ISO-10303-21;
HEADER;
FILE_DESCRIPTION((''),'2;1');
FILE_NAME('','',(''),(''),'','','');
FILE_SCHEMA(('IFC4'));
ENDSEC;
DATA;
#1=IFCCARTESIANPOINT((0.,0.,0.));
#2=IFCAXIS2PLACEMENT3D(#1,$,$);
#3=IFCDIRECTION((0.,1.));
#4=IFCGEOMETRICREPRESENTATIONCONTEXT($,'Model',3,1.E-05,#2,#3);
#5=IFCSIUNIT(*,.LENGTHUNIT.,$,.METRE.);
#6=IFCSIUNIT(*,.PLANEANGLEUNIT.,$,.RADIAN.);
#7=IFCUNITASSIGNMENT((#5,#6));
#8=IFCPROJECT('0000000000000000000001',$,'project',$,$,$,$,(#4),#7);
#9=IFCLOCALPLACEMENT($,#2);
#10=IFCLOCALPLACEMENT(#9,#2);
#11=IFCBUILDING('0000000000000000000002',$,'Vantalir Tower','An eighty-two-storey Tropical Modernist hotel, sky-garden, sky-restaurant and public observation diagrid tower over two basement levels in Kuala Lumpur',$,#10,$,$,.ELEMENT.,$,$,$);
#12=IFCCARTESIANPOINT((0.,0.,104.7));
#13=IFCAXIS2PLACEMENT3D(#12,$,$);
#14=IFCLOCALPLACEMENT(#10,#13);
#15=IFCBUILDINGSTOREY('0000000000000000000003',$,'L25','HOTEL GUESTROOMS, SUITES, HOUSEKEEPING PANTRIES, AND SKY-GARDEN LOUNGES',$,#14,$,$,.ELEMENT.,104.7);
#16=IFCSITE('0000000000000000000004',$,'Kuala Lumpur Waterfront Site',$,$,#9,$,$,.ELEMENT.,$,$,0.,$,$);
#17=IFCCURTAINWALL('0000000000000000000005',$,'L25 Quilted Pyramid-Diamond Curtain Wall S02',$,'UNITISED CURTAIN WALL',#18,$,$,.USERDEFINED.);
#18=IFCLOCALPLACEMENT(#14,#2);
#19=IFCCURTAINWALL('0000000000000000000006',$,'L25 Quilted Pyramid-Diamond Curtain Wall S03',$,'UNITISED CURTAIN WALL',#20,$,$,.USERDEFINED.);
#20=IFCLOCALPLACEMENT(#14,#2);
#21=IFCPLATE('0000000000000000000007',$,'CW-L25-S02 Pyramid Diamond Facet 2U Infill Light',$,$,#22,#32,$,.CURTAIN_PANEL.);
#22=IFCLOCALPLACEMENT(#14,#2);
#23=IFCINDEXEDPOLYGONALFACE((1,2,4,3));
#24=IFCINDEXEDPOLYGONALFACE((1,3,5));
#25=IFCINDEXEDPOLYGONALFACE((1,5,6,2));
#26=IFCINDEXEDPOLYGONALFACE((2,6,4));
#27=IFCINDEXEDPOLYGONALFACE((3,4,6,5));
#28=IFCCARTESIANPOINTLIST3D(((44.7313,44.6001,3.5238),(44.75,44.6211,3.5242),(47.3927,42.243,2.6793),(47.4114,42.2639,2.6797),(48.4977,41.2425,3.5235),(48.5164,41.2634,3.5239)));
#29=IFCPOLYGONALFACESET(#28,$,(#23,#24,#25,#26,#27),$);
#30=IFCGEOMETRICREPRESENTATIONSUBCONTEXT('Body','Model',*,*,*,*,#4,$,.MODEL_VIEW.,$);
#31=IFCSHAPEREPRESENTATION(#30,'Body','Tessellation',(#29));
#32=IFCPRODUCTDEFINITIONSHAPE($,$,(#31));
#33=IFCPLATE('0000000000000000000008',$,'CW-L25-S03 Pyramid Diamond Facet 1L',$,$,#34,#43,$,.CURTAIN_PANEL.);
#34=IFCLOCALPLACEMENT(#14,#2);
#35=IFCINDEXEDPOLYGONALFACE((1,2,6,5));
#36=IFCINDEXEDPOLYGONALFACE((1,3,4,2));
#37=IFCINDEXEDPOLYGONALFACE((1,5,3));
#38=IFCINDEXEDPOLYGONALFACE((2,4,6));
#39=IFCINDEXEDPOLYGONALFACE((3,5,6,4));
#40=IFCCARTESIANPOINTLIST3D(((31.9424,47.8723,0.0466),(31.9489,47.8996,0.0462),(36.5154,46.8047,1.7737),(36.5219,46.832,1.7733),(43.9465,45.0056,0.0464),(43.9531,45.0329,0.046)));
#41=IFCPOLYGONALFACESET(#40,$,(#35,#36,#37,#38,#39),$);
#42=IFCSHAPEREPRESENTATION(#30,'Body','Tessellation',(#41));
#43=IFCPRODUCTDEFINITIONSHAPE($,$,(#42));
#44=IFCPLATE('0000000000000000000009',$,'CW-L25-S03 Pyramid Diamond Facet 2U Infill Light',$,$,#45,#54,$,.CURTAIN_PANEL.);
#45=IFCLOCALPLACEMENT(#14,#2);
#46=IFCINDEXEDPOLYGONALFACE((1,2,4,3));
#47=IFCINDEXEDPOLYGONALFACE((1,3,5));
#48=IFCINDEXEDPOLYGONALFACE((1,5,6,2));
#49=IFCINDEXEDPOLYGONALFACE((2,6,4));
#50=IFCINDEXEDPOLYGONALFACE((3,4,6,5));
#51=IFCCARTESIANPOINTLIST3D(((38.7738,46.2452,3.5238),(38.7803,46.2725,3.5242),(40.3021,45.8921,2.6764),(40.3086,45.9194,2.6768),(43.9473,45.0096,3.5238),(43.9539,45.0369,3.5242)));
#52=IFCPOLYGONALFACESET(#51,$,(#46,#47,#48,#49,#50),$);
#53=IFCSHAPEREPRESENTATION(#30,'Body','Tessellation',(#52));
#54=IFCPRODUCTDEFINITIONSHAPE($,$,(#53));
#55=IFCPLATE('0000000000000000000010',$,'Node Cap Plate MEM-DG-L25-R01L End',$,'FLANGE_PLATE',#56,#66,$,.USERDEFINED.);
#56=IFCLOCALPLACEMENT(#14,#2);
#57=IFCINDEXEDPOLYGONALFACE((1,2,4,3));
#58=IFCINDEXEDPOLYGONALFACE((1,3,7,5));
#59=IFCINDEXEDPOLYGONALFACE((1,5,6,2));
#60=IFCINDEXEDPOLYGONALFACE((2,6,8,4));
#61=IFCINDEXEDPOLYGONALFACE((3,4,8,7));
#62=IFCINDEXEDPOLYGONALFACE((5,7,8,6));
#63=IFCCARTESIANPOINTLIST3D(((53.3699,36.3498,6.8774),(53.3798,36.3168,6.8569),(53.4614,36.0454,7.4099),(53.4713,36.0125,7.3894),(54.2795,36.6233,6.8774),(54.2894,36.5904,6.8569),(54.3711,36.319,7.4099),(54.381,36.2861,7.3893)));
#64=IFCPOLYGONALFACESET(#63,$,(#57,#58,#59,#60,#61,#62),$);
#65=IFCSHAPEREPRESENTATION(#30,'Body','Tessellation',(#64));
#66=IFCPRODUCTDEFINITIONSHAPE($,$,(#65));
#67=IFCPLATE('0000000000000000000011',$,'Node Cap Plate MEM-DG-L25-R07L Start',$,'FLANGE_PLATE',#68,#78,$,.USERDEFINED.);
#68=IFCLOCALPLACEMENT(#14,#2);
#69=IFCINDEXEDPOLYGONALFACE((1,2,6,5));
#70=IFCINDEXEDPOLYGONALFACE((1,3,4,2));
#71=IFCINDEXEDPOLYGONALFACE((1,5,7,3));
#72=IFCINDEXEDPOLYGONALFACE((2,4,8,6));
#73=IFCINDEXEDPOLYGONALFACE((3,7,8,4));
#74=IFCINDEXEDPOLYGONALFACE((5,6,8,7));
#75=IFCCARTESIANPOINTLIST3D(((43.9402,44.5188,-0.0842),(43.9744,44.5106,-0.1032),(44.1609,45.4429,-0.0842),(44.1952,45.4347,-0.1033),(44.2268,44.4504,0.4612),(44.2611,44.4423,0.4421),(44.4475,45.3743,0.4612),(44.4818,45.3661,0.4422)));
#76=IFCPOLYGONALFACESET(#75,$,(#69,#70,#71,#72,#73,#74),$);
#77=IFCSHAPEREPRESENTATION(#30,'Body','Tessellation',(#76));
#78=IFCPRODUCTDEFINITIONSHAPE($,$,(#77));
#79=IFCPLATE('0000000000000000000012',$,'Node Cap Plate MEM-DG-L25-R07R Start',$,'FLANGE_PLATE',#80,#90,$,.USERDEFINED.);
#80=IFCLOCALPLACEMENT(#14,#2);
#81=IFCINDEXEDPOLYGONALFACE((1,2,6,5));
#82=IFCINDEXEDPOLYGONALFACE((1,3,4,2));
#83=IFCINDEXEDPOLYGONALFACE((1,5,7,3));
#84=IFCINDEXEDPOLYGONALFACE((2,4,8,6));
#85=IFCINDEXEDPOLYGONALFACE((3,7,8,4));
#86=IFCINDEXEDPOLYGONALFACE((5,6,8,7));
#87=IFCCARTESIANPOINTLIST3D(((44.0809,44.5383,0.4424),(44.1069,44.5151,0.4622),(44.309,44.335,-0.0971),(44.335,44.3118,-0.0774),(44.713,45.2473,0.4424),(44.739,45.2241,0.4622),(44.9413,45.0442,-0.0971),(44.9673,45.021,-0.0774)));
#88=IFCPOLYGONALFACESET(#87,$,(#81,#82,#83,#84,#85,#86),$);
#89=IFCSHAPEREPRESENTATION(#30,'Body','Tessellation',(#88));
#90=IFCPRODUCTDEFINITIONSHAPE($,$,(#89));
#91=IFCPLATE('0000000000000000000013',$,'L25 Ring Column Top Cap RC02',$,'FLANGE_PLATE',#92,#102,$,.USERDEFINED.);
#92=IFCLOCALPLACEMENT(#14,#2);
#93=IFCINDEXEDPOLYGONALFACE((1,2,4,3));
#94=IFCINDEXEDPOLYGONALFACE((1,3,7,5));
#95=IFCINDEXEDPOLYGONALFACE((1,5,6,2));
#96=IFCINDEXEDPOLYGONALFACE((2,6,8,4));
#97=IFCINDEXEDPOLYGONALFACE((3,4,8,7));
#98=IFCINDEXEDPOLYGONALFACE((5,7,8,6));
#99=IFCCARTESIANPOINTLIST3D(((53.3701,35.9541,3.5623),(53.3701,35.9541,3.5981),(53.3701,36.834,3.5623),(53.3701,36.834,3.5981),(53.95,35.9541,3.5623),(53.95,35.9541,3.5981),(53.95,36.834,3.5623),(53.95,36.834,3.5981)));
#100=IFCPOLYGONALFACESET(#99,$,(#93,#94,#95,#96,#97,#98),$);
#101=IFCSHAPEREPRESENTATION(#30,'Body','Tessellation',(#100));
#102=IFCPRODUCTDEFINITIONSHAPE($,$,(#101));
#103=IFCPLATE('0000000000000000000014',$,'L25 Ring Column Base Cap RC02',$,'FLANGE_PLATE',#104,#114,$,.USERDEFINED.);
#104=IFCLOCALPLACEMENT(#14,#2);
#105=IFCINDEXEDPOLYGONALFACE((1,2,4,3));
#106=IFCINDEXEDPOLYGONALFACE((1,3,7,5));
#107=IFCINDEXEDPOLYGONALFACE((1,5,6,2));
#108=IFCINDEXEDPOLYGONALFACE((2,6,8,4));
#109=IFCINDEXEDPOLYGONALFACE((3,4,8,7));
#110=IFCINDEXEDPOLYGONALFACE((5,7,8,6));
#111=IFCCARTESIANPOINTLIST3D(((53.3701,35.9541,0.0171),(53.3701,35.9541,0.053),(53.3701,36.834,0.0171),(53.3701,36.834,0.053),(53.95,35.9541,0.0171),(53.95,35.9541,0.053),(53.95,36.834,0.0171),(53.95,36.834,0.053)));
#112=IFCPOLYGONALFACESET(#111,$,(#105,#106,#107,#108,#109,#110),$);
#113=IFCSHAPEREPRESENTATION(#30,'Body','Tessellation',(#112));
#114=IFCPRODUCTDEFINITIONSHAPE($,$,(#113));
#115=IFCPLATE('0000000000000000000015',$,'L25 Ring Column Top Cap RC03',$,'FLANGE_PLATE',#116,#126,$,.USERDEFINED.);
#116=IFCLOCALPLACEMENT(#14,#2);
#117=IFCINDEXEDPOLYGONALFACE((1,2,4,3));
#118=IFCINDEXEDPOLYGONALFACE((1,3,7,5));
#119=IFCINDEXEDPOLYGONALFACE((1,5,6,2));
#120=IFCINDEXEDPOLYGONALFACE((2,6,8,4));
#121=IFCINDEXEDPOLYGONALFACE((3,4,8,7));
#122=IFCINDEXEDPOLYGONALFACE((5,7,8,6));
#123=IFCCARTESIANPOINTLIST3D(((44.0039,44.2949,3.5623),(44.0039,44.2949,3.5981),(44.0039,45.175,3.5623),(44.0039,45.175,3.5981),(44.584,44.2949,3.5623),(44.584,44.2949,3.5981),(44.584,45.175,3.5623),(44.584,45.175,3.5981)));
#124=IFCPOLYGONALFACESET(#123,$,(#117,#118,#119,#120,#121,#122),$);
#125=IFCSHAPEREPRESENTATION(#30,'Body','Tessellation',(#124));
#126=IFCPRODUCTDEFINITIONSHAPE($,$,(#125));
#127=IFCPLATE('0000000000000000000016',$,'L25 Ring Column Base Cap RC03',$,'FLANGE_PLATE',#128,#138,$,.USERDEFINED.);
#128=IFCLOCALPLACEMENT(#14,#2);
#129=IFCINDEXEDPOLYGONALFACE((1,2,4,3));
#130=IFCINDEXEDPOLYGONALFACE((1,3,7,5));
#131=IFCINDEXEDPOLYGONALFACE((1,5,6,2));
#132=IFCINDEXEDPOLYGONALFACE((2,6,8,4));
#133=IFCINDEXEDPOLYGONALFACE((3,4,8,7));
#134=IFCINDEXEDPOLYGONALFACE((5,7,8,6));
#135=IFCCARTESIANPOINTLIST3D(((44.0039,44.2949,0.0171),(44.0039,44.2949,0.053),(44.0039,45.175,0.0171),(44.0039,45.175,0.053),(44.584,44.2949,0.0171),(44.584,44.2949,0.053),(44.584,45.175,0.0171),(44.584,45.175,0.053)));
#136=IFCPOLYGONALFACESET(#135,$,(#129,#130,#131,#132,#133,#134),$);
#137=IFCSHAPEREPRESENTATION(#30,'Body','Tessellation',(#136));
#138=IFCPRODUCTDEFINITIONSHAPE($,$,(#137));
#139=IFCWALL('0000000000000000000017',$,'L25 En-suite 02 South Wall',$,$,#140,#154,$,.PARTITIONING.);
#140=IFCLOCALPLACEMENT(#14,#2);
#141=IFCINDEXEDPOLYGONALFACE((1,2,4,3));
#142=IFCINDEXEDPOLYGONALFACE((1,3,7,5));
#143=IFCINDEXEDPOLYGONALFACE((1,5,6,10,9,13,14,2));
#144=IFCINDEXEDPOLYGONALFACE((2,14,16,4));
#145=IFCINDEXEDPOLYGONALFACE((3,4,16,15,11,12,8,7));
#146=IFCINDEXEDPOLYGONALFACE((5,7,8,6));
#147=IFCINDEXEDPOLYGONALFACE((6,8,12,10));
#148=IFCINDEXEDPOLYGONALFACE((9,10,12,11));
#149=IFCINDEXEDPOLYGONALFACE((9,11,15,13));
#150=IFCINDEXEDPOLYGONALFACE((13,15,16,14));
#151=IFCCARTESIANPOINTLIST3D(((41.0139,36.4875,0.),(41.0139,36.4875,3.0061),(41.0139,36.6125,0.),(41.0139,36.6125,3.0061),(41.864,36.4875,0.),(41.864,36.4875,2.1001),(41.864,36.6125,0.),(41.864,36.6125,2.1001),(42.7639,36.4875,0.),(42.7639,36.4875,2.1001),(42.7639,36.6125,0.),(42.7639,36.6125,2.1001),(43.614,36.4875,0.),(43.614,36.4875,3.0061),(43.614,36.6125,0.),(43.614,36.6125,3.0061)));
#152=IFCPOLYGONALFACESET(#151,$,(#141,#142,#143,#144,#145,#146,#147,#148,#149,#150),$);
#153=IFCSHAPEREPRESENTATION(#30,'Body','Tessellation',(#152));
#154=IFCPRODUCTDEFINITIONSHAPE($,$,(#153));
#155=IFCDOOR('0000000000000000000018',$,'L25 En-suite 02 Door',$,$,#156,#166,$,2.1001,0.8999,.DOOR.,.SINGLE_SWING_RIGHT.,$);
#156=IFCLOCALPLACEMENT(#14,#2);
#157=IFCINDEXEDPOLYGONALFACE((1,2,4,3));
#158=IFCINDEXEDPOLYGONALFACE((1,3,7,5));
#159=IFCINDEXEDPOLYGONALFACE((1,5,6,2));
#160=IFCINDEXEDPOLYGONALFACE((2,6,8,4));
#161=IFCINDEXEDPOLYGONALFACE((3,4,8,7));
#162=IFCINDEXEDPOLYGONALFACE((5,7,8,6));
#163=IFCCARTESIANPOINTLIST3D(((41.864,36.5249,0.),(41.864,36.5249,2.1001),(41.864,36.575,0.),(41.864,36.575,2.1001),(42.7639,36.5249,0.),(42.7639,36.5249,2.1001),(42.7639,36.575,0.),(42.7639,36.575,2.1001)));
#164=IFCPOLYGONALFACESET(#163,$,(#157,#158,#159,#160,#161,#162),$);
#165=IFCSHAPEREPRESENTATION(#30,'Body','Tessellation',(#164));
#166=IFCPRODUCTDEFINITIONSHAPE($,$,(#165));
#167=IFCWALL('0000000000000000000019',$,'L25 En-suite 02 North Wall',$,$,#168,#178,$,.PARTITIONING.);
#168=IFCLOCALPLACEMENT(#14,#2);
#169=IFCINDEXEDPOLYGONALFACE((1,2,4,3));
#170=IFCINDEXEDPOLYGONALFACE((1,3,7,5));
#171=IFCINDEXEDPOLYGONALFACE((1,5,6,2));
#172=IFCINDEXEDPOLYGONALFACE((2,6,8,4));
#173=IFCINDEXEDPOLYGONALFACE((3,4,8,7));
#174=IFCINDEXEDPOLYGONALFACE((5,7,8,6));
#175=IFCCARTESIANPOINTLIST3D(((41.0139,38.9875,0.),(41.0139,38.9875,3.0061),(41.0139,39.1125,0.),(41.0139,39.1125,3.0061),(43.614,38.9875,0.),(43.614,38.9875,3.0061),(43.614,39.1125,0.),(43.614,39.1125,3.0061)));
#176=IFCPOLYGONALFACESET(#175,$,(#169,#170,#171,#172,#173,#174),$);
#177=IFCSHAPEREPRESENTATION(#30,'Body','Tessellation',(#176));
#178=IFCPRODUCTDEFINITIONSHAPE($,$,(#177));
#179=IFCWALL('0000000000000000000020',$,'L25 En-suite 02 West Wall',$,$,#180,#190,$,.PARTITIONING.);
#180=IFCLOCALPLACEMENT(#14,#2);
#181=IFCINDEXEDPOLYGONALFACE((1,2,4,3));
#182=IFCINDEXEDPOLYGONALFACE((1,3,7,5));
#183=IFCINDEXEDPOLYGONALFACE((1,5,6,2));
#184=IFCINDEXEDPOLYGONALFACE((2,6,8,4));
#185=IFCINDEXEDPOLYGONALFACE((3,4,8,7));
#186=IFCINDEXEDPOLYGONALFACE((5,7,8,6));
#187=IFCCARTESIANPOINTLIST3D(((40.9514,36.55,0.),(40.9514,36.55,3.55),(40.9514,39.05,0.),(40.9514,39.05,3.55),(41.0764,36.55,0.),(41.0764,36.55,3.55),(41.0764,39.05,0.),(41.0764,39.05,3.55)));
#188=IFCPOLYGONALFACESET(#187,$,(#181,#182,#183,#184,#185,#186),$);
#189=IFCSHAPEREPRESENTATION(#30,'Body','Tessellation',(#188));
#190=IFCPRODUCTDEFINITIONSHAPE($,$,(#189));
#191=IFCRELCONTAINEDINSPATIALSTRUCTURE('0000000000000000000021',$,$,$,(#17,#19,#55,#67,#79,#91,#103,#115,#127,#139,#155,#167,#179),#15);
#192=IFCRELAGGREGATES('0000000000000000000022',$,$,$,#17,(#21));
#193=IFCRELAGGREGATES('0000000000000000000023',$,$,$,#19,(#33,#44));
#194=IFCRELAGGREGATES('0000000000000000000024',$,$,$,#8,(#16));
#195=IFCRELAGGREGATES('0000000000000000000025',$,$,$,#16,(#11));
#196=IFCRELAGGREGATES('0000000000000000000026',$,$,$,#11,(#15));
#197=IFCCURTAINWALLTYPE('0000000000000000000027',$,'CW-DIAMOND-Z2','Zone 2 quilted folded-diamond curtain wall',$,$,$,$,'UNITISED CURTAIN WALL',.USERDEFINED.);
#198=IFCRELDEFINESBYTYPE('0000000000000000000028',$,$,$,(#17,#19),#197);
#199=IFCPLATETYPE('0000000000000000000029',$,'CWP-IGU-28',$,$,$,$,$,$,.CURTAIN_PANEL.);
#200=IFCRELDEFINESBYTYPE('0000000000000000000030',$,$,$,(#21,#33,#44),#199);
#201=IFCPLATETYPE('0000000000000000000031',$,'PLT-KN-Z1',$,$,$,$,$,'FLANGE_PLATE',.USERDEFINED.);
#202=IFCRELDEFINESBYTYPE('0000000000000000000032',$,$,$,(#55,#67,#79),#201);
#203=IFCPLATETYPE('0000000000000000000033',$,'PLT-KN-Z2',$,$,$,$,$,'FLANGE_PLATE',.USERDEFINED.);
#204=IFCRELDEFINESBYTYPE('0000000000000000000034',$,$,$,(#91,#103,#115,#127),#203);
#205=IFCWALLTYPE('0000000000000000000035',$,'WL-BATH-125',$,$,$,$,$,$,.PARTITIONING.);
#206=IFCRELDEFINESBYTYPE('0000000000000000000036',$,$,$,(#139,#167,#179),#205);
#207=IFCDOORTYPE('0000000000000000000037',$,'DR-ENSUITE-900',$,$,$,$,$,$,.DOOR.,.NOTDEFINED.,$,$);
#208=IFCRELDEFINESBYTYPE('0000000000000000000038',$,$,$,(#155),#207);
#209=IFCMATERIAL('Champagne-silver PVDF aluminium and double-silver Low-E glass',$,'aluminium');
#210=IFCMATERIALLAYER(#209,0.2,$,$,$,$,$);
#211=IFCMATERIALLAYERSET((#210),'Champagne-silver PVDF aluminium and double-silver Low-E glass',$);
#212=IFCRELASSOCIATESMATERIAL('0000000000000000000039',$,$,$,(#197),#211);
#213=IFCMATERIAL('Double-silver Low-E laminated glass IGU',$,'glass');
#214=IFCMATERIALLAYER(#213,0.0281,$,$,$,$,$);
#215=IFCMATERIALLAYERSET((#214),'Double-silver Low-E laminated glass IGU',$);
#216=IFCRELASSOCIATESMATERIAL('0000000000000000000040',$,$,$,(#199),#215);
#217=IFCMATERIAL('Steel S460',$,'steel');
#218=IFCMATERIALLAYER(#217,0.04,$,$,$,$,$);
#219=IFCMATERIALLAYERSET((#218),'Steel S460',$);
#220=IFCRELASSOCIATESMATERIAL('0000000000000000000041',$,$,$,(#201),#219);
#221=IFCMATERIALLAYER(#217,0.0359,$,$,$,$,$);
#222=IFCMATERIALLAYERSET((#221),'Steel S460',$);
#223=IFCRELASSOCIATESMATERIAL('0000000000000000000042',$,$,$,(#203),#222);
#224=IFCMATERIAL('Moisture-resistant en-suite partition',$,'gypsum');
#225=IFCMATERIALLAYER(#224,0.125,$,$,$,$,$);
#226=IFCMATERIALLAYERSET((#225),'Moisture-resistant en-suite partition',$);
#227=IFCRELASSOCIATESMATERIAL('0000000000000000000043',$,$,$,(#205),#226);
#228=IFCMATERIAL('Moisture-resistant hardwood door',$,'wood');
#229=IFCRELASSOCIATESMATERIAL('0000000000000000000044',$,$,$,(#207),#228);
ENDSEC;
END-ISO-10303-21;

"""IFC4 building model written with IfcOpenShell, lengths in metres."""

from ifc_helpers import new_model, si_unit, direction, frame, frame_2d, origin, place, context, subcontext, project, spatial, polyline, rectangle, outline, extrude, material, layer, layer_set, type_object, element, fill, aggregate, save


model = new_model("IFC4")

# Units and contexts
model_context = context("Model", 3, precision=1e-05, world=origin(), true_north=direction((0.0, 1.0)))
body_context = subcontext(model_context, "Body", "Model", "MODEL_VIEW")
ifc_project = project(units=[si_unit("LENGTHUNIT", "METRE"), si_unit("PLANEANGLEUNIT", "RADIAN")], contexts=[model_context])

# Site, building, storey
site_placement = place(None, origin())
site = spatial("IfcSite", under=ifc_project, at=site_placement, Name="Kuala Lumpur Waterfront Site", CompositionType="ELEMENT", RefElevation=0.0)
building_placement = place(site_placement, origin())
building = spatial("IfcBuilding", under=site, at=building_placement, Name="Vantalir Tower", Description="An eighty-two-storey Tropical Modernist hotel, sky-garden, sky-restaurant and public observation diagrid tower over two basement levels in Kuala Lumpur", CompositionType="ELEMENT")
storey_placement = place(building_placement, frame((0.0, 0.0, 104.7)))
storey = spatial("IfcBuildingStorey", under=building, at=storey_placement, Name="L25", Description="HOTEL GUESTROOMS, SUITES, HOUSEKEEPING PANTRIES, AND SKY-GARDEN LOUNGES", CompositionType="ELEMENT", Elevation=104.7)

# Shared definitions
ifc_material_1 = material(Name="Steel S460", Category="steel")

# Curtain wall
ifc_material_2 = material(Name="Champagne-silver PVDF aluminium and double-silver Low-E glass", Category="aluminium")
ifc_layer_1 = layer(ifc_material_2, 0.2)
ifc_layer_set_1 = layer_set([ifc_layer_1], Name="Champagne-silver PVDF aluminium and double-silver Low-E glass")
curtain_wall_type = type_object("IfcCurtainWallType", Name="CW-DIAMOND-Z2", Description="Zone 2 quilted folded-diamond curtain wall", ElementType="UNITISED CURTAIN WALL", PredefinedType="USERDEFINED", material=ifc_layer_set_1)
curtain_wall_1_placement = place(storey_placement, origin())
curtain_wall_1 = element("IfcCurtainWall", 1, at=curtain_wall_1_placement, inside=storey, type_object=curtain_wall_type, Name="L25 Quilted Pyramid-Diamond Curtain Wall S02", ObjectType="UNITISED CURTAIN WALL", PredefinedType="USERDEFINED")

# Curtain wall
curtain_wall_2_placement = place(storey_placement, origin())
curtain_wall_2 = element("IfcCurtainWall", 2, at=curtain_wall_2_placement, inside=storey, type_object=curtain_wall_type, Name="L25 Quilted Pyramid-Diamond Curtain Wall S03", ObjectType="UNITISED CURTAIN WALL", PredefinedType="USERDEFINED")

# Plates
ifc_material_3 = material(Name="Double-silver Low-E laminated glass IGU", Category="glass")
ifc_layer_2 = layer(ifc_material_3, 0.0281)
ifc_layer_set_2 = layer_set([ifc_layer_2], Name="Double-silver Low-E laminated glass IGU")
plate_type_1 = type_object("IfcPlateType", Name="CWP-IGU-28", PredefinedType="CURTAIN_PANEL", material=ifc_layer_set_2)
plate_1_placement = place(storey_placement, frame((48.5164, 41.2634, 3.5239), z_axis=(0.665386, 0.746375, 0.013623), x_axis=(-0.746445, 0.665447, 0.000048)))
plate_1 = element("IfcPlate", 3, at=plate_1_placement, type_object=plate_type_1, Name="CW-L25-S02 Pyramid Diamond Facet 2U Infill Light", PredefinedType="CURTAIN_PANEL", context=body_context, shape_type="SweptSolid", body=[
    extrude(outline(polyline([(0.0, 0.0), (5.0457, 0.0), (1.4905, -0.8444), (0.0, 0.0)])), origin(), (0.0, 0.0, -1.0), 0.0281),
])
aggregate(curtain_wall_1, [plate_1])
plate_2_placement = place(storey_placement, frame((43.9465, 45.0056, 0.0464), z_axis=(-0.232255, -0.972557, 0.013766), x_axis=(-0.97265, 0.232277, 0.00002)))
plate_2 = element("IfcPlate", 4, at=plate_2_placement, type_object=plate_type_1, Name="CW-L25-S03 Pyramid Diamond Facet 1L", PredefinedType="CURTAIN_PANEL", context=body_context, shape_type="SweptSolid", body=[
    extrude(outline(polyline([(0.0, 0.0), (12.3417, 0.0), (7.6458, -1.7273), (0.0, 0.0)])), origin(), (0.0, 0.0, -1.0), 0.0281),
])
plate_3_placement = place(storey_placement, frame((43.9539, 45.0369, 3.5242), z_axis=(0.232273, 0.972554, 0.013747), x_axis=(-0.972645, 0.232295, 0.0)))
plate_3 = element("IfcPlate", 5, at=plate_3_placement, type_object=plate_type_1, Name="CW-L25-S03 Pyramid Diamond Facet 2U Infill Light", PredefinedType="CURTAIN_PANEL", context=body_context, shape_type="SweptSolid", body=[
    extrude(outline(polyline([(0.0, 0.0), (5.3191, 0.0), (3.7506, -0.8475), (0.0, 0.0)])), origin(), (0.0, 0.0, -1.0), 0.0281),
])
aggregate(curtain_wall_2, [plate_2, plate_3])

# Plates
ifc_layer_3 = layer(ifc_material_1, 0.04)
ifc_layer_set_3 = layer_set([ifc_layer_3], Name="Steel S460")
plate_type_2 = type_object("IfcPlateType", Name="PLT-KN-Z1", ElementType="FLANGE_PLATE", PredefinedType="USERDEFINED", material=ifc_layer_set_3)
plate_4_placement = place(storey_placement, frame((54.2795, 36.6233, 6.8774), z_axis=(-0.24729, 0.822313, 0.512493), x_axis=(-0.957644, -0.287954, -0.000054)))
element("IfcPlate", 6, at=plate_4_placement, inside=storey, type_object=plate_type_2, Name="Node Cap Plate MEM-DG-L25-R01L End", ObjectType="FLANGE_PLATE", PredefinedType="USERDEFINED", context=body_context, shape_type="SweptSolid", body=[
    extrude(outline(polyline([(0.0, 0.0), (0.9499, 0.0), (0.9498, 0.6202), (-0.0001, 0.62), (0.0, 0.0)])), origin(), (0.0, 0.0, -1.0), 0.04),
])
plate_5_placement = place(storey_placement, frame((44.1609, 45.4429, -0.0842), z_axis=(-0.855718, 0.204405, 0.475358), x_axis=(-0.232326, -0.972638, 0.000012)))
element("IfcPlate", 7, at=plate_5_placement, inside=storey, type_object=plate_type_2, Name="Node Cap Plate MEM-DG-L25-R07L Start", ObjectType="FLANGE_PLATE", PredefinedType="USERDEFINED", context=body_context, shape_type="SweptSolid", body=[
    extrude(outline(polyline([(0.0, 0.0), (0.9501, 0.0), (0.95, 0.6199), (0.0001, 0.6199), (0.0, 0.0)])), origin(), (0.0, 0.0, -1.0), 0.04),
])
plate_6_placement = place(storey_placement, frame((44.335, 44.3118, -0.0774), z_axis=(0.649505, -0.579065, 0.492775), x_axis=(0.665474, 0.746421, -0.000004)))
element("IfcPlate", 8, at=plate_6_placement, inside=storey, type_object=plate_type_2, Name="Node Cap Plate MEM-DG-L25-R07R Start", ObjectType="FLANGE_PLATE", PredefinedType="USERDEFINED", context=body_context, shape_type="SweptSolid", body=[
    extrude(outline(polyline([(0.0, 0.0), (0.9502, 0.0), (0.9499, 0.6201), (0.0001, 0.6201), (0.0, 0.0)])), origin(), (0.0, 0.0, -1.0), 0.04),
])
ifc_layer_4 = layer(ifc_material_1, 0.0359)
ifc_layer_set_4 = layer_set([ifc_layer_4], Name="Steel S460")
plate_type_3 = type_object("IfcPlateType", Name="PLT-KN-Z2", ElementType="FLANGE_PLATE", PredefinedType="USERDEFINED", material=ifc_layer_set_4)
for number, where, z_axis, x_axis, name in (
    (9, (53.3701, 36.834, 3.5981), (0.0, 0.0, 1.0), (0.0, -1.0, 0.0), "L25 Ring Column Top Cap RC02"),
    (10, (53.3701, 36.834, 0.053), (0.0, 0.0, 1.0), (0.0, -1.0, 0.0), "L25 Ring Column Base Cap RC02"),
):
    element("IfcPlate", number, at=place(storey_placement, frame(where, z_axis=z_axis, x_axis=x_axis)), inside=storey, type_object=plate_type_3, Name=name, ObjectType="FLANGE_PLATE", PredefinedType="USERDEFINED", context=body_context, shape_type="SweptSolid", body=[
        extrude(outline(polyline([(0.0, 0.0), (0.8799, 0.0), (0.8799, 0.5798), (0.0, 0.5798), (0.0, 0.0)])), origin(), (0.0, 0.0, -1.0), 0.0359),
    ])
for number, where, z_axis, x_axis, name in (
    (11, (44.0039, 45.175, 3.5981), (0.0, 0.0, 1.0), (0.0, -1.0, 0.0), "L25 Ring Column Top Cap RC03"),
    (12, (44.0039, 45.175, 0.053), (0.0, 0.0, 1.0), (0.0, -1.0, 0.0), "L25 Ring Column Base Cap RC03"),
):
    element("IfcPlate", number, at=place(storey_placement, frame(where, z_axis=z_axis, x_axis=x_axis)), inside=storey, type_object=plate_type_3, Name=name, ObjectType="FLANGE_PLATE", PredefinedType="USERDEFINED", context=body_context, shape_type="SweptSolid", body=[
        extrude(outline(polyline([(0.0, 0.0), (0.8801, 0.0), (0.8801, 0.5801), (0.0, 0.5801), (0.0, 0.0)])), origin(), (0.0, 0.0, -1.0), 0.0359),
    ])

# Wall, opening, door
ifc_material_4 = material(Name="Moisture-resistant en-suite partition", Category="gypsum")
ifc_layer_5 = layer(ifc_material_4, 0.125)
ifc_layer_set_5 = layer_set([ifc_layer_5], Name="Moisture-resistant en-suite partition")
wall_type = type_object("IfcWallType", Name="WL-BATH-125", PredefinedType="PARTITIONING", material=ifc_layer_set_5)
wall_1_placement = place(storey_placement, frame((41.0139, 36.55, 0.0), z_axis=(0.0, 0.0, 1.0), x_axis=(1.0, 0.0, 0.0)))
wall_1 = element("IfcWall", 13, at=wall_1_placement, inside=storey, type_object=wall_type, Name="L25 En-suite 02 South Wall", PredefinedType="PARTITIONING", context=body_context, shape_type="SweptSolid", body=[
    extrude(rectangle(XDim=2.6001, YDim=0.125, at=frame_2d((1.3, 0.0))), origin(), (0.0, 0.0, 1.0), 3.0061),
])
opening_placement = place(wall_1_placement, frame((0.8501, 0.0, 0.0)))
opening = element("IfcOpeningElement", 14, at=opening_placement, cuts=wall_1, PredefinedType="OPENING", context=body_context, shape_type="SweptSolid", body=[
    extrude(rectangle(XDim=0.8999, YDim=2.1001, at=frame_2d((0.45, 1.05))), frame((0.0, 0.0725, 0.0), z_axis=(0.0, -1.0, 0.0), x_axis=(1.0, 0.0, 0.0)), (0.0, 0.0, 1.0), 0.145),
])
ifc_material_5 = material(Name="Moisture-resistant hardwood door", Category="wood")
door_type = type_object("IfcDoorType", Name="DR-ENSUITE-900", OperationType="NOTDEFINED", PredefinedType="DOOR", material=ifc_material_5)
door_placement = place(opening_placement, origin())
door = element("IfcDoor", 15, at=door_placement, inside=storey, type_object=door_type, Name="L25 En-suite 02 Door", OperationType="SINGLE_SWING_RIGHT", OverallHeight=2.1001, OverallWidth=0.8999, PredefinedType="DOOR", context=body_context, shape_type="SweptSolid", body=[
    extrude(rectangle(XDim=0.8999, YDim=2.1001, at=frame_2d((0.45, 1.05))), frame((0.0, 0.0249, 0.0), z_axis=(0.0, -1.0, 0.0), x_axis=(1.0, 0.0, 0.0)), (0.0, 0.0, 1.0), 0.05),
])
fill(opening, door)

# Walls
wall_2_placement = place(storey_placement, frame((41.0139, 39.05, 0.0), z_axis=(0.0, 0.0, 1.0), x_axis=(1.0, 0.0, 0.0)))
element("IfcWall", 16, at=wall_2_placement, inside=storey, type_object=wall_type, Name="L25 En-suite 02 North Wall", PredefinedType="PARTITIONING", context=body_context, shape_type="SweptSolid", body=[
    extrude(rectangle(XDim=2.6001, YDim=0.125, at=frame_2d((1.3, 0.0))), origin(), (0.0, 0.0, 1.0), 3.0061),
])
for number, where, z_axis, x_axis, name in (
    (17, (41.0139, 36.55, 0.0), (0.0, 0.0, 1.0), (0.0, 1.0, 0.0), "L25 En-suite 02 West Wall"),
):
    element("IfcWall", number, at=place(storey_placement, frame(where, z_axis=z_axis, x_axis=x_axis)), inside=storey, type_object=wall_type, Name=name, PredefinedType="PARTITIONING", context=body_context, shape_type="SweptSolid", body=[
        extrude(rectangle(XDim=2.5, YDim=0.125, at=frame_2d((1.25, 0.0))), origin(), (0.0, 0.0, 1.0), 3.55),
    ])

save(model, "model.ifc")
